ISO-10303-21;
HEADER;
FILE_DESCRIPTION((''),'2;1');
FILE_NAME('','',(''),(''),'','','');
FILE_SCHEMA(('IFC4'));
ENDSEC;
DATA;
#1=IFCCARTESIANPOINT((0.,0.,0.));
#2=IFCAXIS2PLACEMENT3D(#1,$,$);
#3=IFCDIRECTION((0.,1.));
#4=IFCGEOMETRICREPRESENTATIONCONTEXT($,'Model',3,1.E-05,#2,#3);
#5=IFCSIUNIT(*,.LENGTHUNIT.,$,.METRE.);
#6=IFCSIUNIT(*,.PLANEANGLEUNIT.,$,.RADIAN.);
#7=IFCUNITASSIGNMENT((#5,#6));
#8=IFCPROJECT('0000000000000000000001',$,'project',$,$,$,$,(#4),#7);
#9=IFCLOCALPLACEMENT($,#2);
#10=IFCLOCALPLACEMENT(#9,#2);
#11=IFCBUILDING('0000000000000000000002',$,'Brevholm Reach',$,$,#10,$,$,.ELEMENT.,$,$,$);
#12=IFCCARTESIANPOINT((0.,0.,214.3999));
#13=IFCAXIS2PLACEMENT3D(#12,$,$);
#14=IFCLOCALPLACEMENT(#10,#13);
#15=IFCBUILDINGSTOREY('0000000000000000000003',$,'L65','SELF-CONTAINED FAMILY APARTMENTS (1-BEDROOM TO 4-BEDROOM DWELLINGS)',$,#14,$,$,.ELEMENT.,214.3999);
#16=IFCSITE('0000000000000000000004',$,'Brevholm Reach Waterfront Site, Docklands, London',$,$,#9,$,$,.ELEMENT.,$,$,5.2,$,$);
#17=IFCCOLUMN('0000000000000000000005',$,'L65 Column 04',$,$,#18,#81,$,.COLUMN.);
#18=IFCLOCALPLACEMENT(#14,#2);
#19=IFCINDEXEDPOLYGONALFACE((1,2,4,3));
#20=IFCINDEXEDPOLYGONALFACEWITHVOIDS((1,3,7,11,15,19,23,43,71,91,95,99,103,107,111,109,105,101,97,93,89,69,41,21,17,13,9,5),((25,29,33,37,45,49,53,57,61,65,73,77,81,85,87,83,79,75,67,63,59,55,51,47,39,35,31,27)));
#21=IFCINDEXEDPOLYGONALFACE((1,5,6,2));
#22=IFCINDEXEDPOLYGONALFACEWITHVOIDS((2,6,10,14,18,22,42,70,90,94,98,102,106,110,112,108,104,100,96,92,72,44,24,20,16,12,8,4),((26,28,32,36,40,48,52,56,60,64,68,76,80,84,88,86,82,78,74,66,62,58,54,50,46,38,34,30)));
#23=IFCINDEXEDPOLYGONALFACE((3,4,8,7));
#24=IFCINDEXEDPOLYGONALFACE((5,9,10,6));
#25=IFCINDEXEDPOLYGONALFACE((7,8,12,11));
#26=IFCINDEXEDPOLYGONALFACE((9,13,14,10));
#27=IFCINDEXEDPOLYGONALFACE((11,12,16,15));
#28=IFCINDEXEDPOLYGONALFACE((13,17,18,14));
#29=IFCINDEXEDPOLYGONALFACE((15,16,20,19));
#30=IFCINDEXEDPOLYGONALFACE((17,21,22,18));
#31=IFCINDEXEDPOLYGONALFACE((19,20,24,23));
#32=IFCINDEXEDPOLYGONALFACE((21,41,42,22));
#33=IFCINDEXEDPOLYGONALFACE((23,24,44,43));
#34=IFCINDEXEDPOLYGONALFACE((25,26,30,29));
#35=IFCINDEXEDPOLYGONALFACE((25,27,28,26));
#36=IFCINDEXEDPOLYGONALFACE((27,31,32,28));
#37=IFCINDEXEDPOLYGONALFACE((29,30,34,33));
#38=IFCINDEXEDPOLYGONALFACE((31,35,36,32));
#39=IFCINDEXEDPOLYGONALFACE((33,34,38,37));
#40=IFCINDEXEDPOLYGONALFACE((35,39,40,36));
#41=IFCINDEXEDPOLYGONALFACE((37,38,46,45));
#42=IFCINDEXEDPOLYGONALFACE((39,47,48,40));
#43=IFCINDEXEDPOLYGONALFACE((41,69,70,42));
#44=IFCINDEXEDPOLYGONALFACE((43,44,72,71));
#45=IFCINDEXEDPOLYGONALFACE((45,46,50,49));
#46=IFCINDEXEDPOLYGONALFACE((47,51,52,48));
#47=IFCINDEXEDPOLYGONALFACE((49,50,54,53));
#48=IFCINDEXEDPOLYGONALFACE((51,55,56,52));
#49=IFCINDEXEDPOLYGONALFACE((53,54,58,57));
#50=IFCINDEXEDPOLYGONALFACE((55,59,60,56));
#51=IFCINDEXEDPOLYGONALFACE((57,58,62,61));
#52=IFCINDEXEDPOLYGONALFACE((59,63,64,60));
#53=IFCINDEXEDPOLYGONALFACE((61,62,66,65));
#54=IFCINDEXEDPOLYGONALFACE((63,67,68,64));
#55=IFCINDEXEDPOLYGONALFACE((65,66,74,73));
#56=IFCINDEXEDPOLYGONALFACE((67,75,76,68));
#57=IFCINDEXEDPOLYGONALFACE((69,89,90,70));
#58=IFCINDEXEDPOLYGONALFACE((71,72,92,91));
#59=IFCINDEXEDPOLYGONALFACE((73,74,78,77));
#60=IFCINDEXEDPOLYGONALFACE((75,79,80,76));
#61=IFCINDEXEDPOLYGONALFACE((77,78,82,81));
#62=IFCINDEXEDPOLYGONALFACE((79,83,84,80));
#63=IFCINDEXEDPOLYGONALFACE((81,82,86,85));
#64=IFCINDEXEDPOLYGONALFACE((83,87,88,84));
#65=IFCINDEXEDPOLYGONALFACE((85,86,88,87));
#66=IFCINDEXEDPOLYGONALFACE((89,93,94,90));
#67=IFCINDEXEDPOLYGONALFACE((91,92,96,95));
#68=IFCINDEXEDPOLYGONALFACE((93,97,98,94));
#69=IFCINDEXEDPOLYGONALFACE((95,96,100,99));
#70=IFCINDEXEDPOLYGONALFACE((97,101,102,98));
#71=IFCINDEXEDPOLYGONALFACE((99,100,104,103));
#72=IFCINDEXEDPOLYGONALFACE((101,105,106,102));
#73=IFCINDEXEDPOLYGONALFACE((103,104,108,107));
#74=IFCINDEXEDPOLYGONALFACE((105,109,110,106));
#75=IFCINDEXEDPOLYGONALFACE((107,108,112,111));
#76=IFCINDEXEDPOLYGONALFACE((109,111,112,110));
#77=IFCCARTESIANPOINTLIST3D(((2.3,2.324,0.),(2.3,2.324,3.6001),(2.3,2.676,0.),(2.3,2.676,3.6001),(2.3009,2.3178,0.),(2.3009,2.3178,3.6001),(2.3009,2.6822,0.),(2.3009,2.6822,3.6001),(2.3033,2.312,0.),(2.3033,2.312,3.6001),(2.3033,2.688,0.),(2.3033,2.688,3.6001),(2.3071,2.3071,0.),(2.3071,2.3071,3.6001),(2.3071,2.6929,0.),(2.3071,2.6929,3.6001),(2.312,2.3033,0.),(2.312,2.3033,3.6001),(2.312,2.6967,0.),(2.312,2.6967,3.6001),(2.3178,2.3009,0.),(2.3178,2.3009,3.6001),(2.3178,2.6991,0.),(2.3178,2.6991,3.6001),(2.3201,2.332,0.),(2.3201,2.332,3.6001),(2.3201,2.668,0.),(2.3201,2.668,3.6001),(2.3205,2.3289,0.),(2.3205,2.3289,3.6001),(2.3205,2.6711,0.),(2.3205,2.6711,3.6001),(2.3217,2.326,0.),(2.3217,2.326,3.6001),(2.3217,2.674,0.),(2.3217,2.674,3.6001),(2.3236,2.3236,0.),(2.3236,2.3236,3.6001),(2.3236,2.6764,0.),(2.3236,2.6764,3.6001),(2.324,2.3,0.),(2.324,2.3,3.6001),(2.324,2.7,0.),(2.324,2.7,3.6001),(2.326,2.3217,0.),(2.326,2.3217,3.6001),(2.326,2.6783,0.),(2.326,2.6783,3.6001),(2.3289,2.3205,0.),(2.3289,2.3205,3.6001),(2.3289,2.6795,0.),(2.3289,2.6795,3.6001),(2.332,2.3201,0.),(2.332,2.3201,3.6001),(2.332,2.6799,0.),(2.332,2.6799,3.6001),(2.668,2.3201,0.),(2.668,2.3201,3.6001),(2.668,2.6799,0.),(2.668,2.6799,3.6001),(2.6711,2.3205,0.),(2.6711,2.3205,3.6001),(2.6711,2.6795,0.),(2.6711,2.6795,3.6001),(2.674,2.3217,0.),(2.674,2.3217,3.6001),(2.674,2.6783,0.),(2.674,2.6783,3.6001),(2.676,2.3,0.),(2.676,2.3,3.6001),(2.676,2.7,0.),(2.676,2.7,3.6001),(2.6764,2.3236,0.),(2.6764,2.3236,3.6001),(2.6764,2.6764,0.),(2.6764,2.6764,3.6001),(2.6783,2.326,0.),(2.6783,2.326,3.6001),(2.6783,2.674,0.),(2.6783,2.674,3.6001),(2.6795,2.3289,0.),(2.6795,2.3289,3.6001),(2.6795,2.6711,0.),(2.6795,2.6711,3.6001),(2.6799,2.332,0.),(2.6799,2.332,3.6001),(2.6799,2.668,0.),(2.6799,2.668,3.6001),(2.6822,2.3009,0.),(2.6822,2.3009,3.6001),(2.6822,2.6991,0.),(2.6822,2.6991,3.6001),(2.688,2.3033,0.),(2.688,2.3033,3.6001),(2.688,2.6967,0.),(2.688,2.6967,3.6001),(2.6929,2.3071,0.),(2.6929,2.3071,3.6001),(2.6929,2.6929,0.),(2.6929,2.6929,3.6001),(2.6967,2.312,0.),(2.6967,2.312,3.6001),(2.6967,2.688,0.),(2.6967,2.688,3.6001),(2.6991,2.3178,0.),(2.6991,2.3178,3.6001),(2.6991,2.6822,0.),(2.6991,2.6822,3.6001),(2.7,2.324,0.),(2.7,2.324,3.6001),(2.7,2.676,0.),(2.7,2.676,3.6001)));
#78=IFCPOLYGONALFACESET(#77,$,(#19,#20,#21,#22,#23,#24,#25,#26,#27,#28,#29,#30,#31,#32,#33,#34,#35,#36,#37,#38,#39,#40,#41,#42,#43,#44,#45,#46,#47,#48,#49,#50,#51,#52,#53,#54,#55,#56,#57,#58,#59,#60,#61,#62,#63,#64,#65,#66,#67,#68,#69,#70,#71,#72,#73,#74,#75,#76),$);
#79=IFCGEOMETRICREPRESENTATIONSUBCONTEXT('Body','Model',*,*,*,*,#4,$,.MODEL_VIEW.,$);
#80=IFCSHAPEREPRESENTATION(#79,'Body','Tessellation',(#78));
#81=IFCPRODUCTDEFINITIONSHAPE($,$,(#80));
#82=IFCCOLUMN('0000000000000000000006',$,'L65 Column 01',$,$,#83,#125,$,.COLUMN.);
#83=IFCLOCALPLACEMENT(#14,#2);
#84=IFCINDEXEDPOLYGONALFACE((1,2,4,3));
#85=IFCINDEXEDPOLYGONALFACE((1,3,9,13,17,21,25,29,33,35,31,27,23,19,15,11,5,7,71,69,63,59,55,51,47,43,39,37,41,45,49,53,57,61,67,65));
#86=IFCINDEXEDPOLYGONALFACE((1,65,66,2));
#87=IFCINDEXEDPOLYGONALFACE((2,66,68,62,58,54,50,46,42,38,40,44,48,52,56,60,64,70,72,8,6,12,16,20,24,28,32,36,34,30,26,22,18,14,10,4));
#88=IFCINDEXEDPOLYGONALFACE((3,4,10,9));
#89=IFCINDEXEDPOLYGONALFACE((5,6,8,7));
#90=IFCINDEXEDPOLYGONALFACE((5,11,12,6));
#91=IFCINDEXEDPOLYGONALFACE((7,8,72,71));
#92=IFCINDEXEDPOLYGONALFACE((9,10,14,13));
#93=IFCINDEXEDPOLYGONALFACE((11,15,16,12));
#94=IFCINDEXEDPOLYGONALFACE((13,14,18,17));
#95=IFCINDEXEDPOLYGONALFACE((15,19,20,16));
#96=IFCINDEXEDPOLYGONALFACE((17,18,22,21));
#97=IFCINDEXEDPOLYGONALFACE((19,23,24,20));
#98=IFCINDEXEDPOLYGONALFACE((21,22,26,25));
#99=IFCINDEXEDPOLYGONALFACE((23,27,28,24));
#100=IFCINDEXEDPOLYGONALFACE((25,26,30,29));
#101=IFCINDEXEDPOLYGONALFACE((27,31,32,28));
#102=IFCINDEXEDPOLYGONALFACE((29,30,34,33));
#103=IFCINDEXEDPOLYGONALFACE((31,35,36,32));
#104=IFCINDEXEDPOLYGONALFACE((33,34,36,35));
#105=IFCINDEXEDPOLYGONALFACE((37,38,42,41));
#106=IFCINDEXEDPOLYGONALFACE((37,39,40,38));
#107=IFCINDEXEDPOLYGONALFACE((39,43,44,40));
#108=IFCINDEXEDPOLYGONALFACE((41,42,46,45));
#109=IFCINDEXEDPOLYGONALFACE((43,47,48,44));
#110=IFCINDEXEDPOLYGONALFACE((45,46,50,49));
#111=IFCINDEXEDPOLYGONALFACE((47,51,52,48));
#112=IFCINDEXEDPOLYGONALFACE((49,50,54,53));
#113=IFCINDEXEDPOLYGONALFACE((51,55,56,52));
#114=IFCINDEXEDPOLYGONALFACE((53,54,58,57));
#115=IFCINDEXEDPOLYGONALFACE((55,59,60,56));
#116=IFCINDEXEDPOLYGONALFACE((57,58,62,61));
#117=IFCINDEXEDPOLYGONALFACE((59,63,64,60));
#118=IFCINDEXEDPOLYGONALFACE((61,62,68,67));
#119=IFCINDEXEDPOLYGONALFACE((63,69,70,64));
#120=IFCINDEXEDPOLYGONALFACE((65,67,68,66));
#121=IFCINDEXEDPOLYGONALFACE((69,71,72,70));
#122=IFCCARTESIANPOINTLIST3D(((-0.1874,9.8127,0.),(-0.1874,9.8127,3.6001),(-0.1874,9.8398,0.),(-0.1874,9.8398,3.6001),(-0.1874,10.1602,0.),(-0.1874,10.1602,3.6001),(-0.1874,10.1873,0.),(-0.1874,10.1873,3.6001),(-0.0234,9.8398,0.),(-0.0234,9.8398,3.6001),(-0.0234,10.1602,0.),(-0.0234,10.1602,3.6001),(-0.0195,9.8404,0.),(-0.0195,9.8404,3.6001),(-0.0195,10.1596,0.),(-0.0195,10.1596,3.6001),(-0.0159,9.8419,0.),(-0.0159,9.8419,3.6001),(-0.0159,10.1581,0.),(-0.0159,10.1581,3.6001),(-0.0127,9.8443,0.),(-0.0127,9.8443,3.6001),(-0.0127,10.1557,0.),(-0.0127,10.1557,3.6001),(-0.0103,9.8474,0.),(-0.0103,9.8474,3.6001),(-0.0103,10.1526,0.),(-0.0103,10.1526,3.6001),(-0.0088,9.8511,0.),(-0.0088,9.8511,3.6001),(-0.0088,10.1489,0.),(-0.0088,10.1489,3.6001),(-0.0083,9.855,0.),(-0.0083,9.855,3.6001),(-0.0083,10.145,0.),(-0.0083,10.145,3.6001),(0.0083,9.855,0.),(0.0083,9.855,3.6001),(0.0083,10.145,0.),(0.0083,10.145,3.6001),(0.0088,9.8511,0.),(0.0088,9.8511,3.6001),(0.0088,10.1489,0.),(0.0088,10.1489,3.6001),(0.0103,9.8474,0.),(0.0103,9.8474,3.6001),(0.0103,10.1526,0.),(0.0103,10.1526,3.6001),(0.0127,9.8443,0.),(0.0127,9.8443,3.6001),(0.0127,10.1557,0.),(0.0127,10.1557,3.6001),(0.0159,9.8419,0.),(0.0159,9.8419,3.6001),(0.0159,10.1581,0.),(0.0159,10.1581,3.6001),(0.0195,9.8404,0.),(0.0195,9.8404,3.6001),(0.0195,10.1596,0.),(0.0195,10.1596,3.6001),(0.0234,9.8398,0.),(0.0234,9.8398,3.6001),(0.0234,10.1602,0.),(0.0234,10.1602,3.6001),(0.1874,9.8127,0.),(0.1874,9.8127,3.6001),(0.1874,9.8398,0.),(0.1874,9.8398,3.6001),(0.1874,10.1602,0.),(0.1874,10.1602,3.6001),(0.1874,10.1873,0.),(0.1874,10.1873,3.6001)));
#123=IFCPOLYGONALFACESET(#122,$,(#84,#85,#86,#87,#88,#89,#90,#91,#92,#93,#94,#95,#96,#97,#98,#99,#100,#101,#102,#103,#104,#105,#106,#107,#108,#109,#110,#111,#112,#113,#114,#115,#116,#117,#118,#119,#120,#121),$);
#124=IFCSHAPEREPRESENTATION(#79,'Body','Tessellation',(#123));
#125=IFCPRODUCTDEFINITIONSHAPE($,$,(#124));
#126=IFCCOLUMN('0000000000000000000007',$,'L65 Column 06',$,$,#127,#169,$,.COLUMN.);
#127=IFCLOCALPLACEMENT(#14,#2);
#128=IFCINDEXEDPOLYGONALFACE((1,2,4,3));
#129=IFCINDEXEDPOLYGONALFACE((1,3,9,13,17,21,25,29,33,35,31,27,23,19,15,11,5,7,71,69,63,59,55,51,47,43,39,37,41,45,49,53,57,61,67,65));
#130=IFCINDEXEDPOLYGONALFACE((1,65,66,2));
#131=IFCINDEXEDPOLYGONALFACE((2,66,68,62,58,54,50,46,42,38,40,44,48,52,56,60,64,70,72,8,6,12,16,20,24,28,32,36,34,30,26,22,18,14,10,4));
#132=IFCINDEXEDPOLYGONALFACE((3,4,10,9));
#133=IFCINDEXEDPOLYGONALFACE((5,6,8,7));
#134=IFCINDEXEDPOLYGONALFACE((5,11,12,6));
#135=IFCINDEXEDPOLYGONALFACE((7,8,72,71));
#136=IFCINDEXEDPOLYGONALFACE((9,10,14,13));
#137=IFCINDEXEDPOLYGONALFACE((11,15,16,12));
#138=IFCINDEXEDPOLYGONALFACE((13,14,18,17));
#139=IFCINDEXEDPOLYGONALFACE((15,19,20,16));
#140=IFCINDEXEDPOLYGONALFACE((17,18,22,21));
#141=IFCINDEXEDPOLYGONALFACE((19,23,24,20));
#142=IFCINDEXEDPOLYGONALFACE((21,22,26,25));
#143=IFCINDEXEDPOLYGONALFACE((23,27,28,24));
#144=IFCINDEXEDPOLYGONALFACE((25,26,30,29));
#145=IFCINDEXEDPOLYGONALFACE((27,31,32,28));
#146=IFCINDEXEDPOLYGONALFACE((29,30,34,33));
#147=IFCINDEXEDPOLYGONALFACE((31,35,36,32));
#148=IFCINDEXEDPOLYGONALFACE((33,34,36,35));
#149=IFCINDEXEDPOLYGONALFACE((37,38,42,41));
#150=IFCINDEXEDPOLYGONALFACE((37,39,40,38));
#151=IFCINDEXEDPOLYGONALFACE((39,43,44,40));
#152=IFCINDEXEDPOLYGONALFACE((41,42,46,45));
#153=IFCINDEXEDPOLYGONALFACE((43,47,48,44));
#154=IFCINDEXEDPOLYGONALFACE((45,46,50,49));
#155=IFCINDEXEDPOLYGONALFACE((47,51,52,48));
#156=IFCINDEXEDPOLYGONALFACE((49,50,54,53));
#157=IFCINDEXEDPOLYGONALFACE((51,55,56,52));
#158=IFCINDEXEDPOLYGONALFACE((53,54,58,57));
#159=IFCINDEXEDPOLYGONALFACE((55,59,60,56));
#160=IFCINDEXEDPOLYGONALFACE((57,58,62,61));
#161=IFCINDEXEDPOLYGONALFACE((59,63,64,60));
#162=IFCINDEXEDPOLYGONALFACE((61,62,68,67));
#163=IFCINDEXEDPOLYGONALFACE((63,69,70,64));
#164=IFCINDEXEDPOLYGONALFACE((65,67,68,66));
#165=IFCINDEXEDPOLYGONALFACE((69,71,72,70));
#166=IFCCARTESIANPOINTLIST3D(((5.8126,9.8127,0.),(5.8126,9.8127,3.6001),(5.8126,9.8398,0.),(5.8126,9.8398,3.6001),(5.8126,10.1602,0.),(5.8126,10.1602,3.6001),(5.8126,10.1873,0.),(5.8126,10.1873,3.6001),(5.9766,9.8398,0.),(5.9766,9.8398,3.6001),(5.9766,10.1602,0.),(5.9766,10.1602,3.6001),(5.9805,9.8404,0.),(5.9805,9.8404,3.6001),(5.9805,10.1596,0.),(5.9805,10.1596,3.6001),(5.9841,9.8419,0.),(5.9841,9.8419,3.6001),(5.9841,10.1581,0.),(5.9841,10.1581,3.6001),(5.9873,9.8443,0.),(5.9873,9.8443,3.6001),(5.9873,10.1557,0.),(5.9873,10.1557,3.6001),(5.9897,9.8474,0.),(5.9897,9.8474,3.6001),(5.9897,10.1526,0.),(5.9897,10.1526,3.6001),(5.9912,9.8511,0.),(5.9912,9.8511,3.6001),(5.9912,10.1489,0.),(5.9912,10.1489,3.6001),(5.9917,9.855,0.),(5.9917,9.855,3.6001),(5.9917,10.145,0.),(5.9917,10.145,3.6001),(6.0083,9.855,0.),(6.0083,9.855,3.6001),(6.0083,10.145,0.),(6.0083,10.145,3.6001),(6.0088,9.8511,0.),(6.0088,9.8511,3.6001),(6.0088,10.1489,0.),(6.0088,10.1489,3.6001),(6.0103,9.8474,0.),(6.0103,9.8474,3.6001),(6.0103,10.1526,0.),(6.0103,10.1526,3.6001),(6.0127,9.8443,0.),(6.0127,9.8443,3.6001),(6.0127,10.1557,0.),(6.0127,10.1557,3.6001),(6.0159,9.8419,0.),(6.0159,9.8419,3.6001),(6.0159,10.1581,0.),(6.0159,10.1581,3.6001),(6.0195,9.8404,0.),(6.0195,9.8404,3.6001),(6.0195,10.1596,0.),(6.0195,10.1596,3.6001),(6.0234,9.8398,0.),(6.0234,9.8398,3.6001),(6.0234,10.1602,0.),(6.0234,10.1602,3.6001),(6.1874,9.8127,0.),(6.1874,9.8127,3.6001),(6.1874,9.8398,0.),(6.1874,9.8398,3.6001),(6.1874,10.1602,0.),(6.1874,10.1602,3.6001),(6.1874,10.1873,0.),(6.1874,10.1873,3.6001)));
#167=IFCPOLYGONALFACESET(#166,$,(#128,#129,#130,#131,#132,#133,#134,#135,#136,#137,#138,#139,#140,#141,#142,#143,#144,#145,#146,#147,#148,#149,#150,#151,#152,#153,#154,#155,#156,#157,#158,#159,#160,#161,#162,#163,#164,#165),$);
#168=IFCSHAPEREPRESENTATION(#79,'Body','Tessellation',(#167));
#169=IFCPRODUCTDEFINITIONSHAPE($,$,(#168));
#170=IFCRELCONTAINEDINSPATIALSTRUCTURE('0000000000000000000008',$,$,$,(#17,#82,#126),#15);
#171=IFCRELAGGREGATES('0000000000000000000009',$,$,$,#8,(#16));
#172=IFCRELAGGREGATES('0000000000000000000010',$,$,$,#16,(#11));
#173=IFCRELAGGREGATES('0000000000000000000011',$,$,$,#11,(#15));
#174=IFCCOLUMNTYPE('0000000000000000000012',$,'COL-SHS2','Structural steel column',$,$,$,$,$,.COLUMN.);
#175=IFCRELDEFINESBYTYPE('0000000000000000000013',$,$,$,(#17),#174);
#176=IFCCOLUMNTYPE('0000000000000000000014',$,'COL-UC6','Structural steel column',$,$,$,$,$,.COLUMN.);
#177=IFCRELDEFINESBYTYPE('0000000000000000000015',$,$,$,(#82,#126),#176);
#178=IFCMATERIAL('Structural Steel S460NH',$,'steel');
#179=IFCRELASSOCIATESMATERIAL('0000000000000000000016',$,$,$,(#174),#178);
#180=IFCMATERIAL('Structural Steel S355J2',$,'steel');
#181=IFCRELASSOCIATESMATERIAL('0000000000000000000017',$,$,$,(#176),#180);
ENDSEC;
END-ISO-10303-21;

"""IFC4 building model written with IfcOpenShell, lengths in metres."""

from ifc_helpers import new_model, si_unit, direction, frame, origin, origin_2d, place, context, subcontext, project, spatial, hollow_rectangle, i_section, extrude, material, material_profile, profile_set, type_object, element, save


model = new_model("IFC4")

# Units and contexts
model_context = context("Model", 3, precision=1e-05, world=origin(), true_north=direction((0.0, 1.0)))
body_context = subcontext(model_context, "Body", "Model", "MODEL_VIEW")
ifc_project = project(units=[si_unit("LENGTHUNIT", "METRE"), si_unit("PLANEANGLEUNIT", "RADIAN")], contexts=[model_context])

# Site, building, storey
site_placement = place(None, origin())
site = spatial("IfcSite", under=ifc_project, at=site_placement, Name="Brevholm Reach Waterfront Site, Docklands, London", CompositionType="ELEMENT", RefElevation=5.2)
building_placement = place(site_placement, origin())
building = spatial("IfcBuilding", under=site, at=building_placement, Name="Brevholm Reach", CompositionType="ELEMENT")
storey_placement = place(building_placement, frame((0.0, 0.0, 214.3999)))
storey = spatial("IfcBuildingStorey", under=building, at=storey_placement, Name="L65", Description="SELF-CONTAINED FAMILY APARTMENTS (1-BEDROOM TO 4-BEDROOM DWELLINGS)", CompositionType="ELEMENT", Elevation=214.3999)

# Columns
ifc_material_1 = material(Name="Structural Steel S460NH", Category="steel")
ifc_material_profile_1 = material_profile(ifc_material_1, hollow_rectangle(XDim=0.3999, YDim=0.3999, WallThickness=0.02, InnerFilletRadius=0.012, OuterFilletRadius=0.0239, at=origin_2d()), Name="SHS 400x400x20")
ifc_profile_set_1 = profile_set([ifc_material_profile_1], Name="Structural Steel S460NH")
column_type_1 = type_object("IfcColumnType", Name="COL-SHS2", Description="Structural steel column", PredefinedType="COLUMN", material=ifc_profile_set_1)
column_placement = place(storey_placement, frame((2.5, 2.5, 0.0), z_axis=(0.0, 0.0, 1.0), x_axis=(1.0, 0.0, 0.0)))
element("IfcColumn", 1, at=column_placement, inside=storey, type_object=column_type_1, Name="L65 Column 04", PredefinedType="COLUMN", context=body_context, shape_type="SweptSolid", body=[
    extrude(hollow_rectangle(XDim=0.3999, YDim=0.3999, WallThickness=0.02, InnerFilletRadius=0.012, OuterFilletRadius=0.0239, at=origin_2d()), origin(), (0.0, 0.0, 1.0), 3.6001),
])
ifc_material_2 = material(Name="Structural Steel S355J2", Category="steel")
ifc_material_profile_2 = material_profile(ifc_material_2, i_section(OverallWidth=0.3748, OverallDepth=0.3745, WebThickness=0.0166, FlangeThickness=0.0271, FilletRadius=0.0151, at=origin_2d()), Name="UKC 356x368x202")
ifc_profile_set_2 = profile_set([ifc_material_profile_2], Name="Structural Steel S355J2")
column_type_2 = type_object("IfcColumnType", Name="COL-UC6", Description="Structural steel column", PredefinedType="COLUMN", material=ifc_profile_set_2)
for number, where, z_axis, x_axis, name in (
    (2, (0.0, 10.0, 0.0), (0.0, 0.0, 1.0), (1.0, 0.0, 0.0), "L65 Column 01"),
    (3, (6.0, 10.0, 0.0), (0.0, 0.0, 1.0), (1.0, 0.0, 0.0), "L65 Column 06"),
):
    element("IfcColumn", number, at=place(storey_placement, frame(where, z_axis=z_axis, x_axis=x_axis)), inside=storey, type_object=column_type_2, Name=name, PredefinedType="COLUMN", context=body_context, shape_type="SweptSolid", body=[
        extrude(i_section(OverallWidth=0.3748, OverallDepth=0.3745, WebThickness=0.0166, FlangeThickness=0.0271, FilletRadius=0.0151, at=origin_2d()), origin(), (0.0, 0.0, 1.0), 3.6001),
    ])

save(model, "model.ifc")
